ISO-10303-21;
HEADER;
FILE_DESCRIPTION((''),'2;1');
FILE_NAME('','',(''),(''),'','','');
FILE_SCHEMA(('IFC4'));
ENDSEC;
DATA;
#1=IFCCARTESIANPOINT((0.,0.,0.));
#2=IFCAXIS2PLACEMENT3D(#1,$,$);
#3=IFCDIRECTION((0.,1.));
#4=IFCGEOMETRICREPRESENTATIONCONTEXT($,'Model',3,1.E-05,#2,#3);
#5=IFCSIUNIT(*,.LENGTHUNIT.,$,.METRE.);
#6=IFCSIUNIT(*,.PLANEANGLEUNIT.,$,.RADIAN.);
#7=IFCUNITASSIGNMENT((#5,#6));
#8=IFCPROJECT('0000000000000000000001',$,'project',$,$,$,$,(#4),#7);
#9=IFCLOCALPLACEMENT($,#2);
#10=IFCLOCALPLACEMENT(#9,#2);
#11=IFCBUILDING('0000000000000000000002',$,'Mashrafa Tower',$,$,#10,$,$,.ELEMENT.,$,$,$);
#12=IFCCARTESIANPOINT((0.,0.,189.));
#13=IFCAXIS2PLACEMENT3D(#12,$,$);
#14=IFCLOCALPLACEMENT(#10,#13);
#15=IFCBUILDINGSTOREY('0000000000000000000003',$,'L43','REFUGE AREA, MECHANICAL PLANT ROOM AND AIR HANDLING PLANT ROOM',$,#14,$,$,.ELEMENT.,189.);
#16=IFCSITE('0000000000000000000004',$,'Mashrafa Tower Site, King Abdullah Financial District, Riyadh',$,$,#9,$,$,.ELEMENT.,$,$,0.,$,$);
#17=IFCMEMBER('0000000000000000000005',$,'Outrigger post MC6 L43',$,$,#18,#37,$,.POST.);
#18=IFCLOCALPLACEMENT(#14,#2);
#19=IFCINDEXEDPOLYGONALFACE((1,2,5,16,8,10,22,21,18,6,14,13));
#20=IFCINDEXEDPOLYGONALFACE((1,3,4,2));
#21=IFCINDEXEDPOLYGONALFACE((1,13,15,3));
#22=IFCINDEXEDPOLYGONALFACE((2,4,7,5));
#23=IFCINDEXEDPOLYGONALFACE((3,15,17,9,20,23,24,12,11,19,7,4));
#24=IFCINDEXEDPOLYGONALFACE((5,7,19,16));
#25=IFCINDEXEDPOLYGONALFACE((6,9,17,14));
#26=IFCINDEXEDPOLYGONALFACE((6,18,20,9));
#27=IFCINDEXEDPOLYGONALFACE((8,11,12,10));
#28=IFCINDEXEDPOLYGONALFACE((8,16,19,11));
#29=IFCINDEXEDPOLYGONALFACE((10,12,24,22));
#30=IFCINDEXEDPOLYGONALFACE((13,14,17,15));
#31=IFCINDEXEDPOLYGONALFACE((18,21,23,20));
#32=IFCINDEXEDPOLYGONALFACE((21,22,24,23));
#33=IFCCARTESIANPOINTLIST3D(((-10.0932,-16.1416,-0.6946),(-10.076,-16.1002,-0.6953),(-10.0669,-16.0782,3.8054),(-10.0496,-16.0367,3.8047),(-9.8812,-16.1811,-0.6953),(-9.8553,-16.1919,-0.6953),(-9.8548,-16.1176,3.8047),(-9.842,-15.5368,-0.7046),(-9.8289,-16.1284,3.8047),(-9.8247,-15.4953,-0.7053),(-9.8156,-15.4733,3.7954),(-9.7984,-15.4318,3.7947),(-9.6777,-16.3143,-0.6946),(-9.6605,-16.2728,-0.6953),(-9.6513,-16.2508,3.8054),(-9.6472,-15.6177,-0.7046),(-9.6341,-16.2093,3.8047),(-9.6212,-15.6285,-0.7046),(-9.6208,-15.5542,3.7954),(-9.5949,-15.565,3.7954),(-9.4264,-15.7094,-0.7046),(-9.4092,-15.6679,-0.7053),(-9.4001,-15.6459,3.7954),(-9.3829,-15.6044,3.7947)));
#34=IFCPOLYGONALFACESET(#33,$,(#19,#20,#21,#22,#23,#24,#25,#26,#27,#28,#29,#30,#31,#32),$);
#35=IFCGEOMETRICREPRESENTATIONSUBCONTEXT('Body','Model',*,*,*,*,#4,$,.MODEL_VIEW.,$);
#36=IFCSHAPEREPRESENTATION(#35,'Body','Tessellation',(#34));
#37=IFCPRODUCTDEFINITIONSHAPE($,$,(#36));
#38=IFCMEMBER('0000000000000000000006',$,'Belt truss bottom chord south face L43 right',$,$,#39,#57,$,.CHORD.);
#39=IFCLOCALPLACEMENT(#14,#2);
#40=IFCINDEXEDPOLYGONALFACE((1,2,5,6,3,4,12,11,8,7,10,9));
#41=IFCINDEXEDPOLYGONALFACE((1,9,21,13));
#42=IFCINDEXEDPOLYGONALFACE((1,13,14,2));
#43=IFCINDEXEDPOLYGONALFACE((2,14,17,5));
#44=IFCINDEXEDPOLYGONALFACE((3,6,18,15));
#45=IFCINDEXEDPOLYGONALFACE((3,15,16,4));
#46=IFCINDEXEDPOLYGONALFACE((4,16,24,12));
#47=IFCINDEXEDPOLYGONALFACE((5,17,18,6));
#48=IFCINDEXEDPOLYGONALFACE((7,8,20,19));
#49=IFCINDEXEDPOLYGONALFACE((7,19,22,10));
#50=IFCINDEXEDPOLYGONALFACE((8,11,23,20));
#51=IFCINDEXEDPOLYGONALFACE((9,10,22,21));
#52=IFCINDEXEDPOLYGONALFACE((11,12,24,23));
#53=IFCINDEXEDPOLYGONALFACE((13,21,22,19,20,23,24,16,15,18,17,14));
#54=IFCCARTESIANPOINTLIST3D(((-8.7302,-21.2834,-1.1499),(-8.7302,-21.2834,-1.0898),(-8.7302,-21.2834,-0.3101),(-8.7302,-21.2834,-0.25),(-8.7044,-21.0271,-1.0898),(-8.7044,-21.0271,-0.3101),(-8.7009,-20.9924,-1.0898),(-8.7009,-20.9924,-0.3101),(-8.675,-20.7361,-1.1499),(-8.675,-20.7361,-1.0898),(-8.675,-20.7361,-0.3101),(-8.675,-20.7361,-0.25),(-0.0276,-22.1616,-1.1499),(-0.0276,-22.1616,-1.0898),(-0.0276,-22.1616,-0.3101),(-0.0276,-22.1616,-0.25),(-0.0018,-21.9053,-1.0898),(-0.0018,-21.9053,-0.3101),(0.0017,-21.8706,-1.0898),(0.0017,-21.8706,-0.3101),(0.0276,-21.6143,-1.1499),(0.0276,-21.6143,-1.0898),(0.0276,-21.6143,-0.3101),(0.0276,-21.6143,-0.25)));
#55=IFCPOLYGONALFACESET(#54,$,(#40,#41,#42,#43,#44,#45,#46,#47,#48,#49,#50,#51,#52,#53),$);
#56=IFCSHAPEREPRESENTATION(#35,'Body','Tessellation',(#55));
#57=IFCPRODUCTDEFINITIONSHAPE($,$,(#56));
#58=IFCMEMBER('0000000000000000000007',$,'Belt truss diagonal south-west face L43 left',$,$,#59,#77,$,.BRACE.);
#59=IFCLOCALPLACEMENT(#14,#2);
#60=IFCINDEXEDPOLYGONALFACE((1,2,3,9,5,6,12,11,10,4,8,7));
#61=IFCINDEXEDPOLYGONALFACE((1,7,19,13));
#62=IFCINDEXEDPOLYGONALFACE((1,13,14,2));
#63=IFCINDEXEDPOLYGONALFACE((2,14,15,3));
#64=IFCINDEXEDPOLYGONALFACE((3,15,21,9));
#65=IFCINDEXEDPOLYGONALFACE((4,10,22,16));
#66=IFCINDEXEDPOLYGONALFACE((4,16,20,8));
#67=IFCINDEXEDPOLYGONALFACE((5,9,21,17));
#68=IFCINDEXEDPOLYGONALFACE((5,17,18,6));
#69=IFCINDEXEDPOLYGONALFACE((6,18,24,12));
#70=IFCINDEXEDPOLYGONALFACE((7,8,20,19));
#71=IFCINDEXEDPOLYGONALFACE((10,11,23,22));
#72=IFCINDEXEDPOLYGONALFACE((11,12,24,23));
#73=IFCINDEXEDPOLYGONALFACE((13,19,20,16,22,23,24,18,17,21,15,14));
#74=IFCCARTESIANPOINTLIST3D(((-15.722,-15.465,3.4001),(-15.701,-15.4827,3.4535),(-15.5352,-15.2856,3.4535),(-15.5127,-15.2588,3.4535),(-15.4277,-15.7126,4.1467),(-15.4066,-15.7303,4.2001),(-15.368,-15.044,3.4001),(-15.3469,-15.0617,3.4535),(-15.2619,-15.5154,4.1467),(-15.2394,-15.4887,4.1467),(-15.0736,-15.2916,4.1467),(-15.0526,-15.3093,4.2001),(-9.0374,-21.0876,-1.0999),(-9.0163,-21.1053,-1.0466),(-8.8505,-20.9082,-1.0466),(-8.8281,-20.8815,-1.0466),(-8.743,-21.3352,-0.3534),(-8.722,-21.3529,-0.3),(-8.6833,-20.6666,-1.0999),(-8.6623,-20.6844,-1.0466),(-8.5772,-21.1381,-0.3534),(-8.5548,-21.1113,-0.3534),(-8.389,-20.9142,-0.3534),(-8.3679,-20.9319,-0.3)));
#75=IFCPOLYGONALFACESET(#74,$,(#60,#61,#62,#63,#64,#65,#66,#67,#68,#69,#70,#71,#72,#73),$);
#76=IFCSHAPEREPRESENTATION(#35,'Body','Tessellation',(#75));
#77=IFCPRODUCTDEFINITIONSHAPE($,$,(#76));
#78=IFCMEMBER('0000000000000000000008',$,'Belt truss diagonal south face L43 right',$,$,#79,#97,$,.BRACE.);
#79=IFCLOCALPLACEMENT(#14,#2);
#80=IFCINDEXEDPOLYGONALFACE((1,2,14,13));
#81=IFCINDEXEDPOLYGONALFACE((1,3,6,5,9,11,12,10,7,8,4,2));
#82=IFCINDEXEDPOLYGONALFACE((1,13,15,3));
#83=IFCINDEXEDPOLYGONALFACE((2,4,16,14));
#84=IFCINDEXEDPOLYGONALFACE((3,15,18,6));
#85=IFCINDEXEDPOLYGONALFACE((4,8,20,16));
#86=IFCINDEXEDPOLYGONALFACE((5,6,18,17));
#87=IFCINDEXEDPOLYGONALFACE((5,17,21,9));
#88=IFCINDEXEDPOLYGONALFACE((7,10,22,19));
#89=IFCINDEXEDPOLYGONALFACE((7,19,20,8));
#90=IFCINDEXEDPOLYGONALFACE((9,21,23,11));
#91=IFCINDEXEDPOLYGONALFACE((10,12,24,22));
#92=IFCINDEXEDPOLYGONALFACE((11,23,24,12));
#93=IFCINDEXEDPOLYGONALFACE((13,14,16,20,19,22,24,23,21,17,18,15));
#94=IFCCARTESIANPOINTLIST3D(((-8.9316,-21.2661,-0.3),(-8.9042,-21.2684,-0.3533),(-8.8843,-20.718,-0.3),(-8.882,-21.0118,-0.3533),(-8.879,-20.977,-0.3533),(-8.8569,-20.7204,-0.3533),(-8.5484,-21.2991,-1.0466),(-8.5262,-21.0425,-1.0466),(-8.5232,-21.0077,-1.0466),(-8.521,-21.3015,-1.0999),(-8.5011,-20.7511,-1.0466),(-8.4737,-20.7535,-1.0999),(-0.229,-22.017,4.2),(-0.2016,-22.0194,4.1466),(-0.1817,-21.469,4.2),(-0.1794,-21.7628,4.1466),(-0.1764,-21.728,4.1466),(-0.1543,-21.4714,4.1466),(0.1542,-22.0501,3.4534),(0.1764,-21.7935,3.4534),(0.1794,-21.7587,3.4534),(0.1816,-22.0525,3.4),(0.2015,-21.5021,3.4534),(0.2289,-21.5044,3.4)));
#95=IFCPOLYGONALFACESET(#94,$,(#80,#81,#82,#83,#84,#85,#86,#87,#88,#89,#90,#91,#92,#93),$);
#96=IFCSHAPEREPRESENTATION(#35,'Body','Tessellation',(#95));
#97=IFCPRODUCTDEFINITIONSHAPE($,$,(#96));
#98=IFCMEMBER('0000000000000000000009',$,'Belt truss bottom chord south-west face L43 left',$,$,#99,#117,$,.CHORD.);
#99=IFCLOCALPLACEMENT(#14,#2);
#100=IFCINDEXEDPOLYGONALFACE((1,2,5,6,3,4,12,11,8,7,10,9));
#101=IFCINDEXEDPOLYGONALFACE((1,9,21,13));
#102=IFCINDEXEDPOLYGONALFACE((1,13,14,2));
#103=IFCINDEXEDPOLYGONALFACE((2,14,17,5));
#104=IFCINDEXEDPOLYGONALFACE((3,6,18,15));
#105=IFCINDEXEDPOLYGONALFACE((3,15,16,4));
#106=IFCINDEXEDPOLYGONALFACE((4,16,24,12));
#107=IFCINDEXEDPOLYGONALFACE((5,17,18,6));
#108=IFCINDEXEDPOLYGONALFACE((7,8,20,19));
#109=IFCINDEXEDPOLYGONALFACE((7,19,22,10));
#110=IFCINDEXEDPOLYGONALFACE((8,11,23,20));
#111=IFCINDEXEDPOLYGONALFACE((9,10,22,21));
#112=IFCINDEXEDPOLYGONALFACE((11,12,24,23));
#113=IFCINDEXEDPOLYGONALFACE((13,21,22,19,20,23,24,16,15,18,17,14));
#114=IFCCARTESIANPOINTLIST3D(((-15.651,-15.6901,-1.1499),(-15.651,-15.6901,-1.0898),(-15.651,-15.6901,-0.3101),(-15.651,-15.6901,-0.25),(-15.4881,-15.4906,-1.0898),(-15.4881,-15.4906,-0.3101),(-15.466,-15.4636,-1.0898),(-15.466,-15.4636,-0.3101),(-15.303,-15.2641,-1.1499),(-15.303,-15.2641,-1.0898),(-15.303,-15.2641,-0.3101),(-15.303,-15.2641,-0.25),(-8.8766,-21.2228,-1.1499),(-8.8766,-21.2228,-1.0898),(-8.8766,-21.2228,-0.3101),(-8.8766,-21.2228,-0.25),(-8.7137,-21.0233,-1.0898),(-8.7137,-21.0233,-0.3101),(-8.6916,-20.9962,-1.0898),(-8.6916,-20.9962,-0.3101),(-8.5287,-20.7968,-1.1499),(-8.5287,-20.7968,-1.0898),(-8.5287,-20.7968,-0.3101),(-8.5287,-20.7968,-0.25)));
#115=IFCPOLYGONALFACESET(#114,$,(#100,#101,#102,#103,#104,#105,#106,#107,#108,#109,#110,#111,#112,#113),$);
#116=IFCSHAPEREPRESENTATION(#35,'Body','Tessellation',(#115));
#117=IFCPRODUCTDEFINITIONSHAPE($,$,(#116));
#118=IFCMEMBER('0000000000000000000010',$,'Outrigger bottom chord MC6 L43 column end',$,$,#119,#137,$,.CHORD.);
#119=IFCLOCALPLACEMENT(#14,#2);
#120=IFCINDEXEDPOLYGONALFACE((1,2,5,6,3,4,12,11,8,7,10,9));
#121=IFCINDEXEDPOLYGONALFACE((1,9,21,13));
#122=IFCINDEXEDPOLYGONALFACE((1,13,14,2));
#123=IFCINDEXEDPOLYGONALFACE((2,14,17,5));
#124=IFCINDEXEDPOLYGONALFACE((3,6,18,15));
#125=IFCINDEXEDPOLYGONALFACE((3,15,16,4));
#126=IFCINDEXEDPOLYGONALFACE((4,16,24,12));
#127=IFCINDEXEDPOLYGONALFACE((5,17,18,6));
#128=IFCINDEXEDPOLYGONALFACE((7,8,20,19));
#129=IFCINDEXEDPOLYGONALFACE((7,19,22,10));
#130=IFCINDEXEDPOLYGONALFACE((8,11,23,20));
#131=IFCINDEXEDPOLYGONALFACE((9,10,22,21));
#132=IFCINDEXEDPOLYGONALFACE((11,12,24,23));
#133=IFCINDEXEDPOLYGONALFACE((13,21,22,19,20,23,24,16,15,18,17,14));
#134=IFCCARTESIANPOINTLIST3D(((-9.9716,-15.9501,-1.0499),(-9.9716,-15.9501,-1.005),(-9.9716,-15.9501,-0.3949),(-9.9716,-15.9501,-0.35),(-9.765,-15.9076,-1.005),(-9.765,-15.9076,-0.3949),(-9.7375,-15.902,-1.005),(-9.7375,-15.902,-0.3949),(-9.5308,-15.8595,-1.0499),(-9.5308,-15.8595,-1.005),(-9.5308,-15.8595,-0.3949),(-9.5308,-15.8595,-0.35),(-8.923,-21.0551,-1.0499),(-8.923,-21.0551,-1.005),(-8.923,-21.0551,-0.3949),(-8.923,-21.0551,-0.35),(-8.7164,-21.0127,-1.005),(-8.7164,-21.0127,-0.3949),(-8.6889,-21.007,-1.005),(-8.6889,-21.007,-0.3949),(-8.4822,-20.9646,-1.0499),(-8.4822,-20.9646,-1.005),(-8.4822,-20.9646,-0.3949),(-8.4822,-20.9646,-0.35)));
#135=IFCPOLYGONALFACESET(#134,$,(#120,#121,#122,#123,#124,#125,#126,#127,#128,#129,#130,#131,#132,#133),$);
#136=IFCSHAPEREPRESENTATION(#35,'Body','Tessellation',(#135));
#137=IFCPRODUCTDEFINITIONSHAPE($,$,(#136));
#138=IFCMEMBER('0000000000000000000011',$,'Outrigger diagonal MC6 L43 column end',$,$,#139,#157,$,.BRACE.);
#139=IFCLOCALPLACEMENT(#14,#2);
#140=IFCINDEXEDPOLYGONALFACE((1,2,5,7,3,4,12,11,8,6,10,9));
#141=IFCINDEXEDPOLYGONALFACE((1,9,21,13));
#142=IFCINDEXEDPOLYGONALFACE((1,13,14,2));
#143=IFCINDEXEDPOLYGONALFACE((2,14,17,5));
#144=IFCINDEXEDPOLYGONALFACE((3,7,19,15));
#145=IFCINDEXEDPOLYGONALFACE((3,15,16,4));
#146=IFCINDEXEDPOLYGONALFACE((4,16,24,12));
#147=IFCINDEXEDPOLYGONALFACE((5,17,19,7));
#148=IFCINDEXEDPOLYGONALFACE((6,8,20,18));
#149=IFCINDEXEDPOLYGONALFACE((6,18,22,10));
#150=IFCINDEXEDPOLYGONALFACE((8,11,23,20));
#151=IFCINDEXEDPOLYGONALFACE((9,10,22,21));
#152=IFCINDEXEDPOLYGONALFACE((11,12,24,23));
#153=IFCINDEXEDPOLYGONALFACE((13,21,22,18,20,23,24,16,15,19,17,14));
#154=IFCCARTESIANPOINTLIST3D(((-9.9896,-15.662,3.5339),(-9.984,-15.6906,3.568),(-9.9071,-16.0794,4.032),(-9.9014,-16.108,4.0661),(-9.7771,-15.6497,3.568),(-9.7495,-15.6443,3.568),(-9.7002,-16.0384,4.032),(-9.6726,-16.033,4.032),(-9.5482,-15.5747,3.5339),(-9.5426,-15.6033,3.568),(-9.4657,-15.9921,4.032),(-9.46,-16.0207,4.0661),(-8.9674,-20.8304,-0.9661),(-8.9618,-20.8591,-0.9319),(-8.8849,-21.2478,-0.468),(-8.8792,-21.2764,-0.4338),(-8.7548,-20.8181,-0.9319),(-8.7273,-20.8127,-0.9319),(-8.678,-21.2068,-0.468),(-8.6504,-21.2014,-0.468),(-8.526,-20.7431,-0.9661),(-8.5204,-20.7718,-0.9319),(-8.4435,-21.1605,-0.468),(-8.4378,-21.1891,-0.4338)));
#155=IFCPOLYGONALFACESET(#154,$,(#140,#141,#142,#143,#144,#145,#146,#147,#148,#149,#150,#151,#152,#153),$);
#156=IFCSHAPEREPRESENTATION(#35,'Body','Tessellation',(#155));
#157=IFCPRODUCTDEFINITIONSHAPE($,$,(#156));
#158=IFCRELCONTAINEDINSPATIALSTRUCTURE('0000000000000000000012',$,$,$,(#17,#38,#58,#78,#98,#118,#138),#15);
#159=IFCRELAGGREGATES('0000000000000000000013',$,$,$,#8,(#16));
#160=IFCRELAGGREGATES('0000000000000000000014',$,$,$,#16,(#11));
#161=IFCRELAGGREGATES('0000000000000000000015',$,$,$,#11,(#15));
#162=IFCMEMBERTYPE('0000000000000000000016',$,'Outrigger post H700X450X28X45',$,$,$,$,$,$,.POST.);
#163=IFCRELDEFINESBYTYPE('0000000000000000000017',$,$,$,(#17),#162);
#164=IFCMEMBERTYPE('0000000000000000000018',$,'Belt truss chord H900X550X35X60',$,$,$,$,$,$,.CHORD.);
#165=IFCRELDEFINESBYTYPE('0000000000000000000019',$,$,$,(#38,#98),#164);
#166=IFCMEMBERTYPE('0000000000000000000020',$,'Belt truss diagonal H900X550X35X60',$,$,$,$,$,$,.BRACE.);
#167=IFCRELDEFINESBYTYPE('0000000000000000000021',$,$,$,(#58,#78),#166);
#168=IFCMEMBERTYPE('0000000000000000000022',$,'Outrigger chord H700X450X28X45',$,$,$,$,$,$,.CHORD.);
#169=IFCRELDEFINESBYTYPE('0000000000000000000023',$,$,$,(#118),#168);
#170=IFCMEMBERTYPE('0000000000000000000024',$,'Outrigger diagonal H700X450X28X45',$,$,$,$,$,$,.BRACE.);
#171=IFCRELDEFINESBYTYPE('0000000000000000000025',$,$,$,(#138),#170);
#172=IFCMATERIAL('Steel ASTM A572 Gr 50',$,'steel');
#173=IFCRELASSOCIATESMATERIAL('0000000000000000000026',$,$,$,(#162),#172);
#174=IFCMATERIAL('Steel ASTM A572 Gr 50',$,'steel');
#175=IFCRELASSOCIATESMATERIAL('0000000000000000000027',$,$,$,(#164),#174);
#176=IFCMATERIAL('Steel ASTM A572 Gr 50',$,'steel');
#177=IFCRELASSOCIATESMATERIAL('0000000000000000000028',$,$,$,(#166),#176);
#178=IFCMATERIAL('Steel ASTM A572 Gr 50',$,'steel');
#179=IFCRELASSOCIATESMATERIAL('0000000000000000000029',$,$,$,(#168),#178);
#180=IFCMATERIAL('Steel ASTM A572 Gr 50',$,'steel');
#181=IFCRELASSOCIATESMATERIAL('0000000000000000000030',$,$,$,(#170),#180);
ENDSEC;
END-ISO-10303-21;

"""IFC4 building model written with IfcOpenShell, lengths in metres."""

from ifc_helpers import new_model, si_unit, direction, frame, origin, origin_2d, place, context, subcontext, project, spatial, i_section, extrude, source, transform, mapped, material, material_profile, profile_set, type_object, type_shapes, element, save


model = new_model("IFC4")

# Units and contexts
model_context = context("Model", 3, precision=1e-05, world=origin(), true_north=direction((0.0, 1.0)))
body_context = subcontext(model_context, "Body", "Model", "MODEL_VIEW")
ifc_project = project(units=[si_unit("LENGTHUNIT", "METRE"), si_unit("PLANEANGLEUNIT", "RADIAN")], contexts=[model_context])

# Site, building, storey
site_placement = place(None, origin())
site = spatial("IfcSite", under=ifc_project, at=site_placement, Name="Mashrafa Tower Site, King Abdullah Financial District, Riyadh", CompositionType="ELEMENT", RefElevation=0.0)
building_placement = place(site_placement, origin())
building = spatial("IfcBuilding", under=site, at=building_placement, Name="Mashrafa Tower", CompositionType="ELEMENT")
storey_placement = place(building_placement, frame((0.0, 0.0, 189.0)))
storey = spatial("IfcBuildingStorey", under=building, at=storey_placement, Name="L43", Description="REFUGE AREA, MECHANICAL PLANT ROOM AND AIR HANDLING PLANT ROOM", CompositionType="ELEMENT", Elevation=189.0)

# Members
ifc_material_1 = material(Name="Steel ASTM A572 Gr 50", Category="steel")
ifc_material_profile_1 = material_profile(ifc_material_1, i_section(OverallWidth=0.45, OverallDepth=0.7, WebThickness=0.0281, FlangeThickness=0.0449, at=origin_2d()), Name="H700X450X28X45")
ifc_profile_set_1 = profile_set([ifc_material_profile_1], Name="Steel ASTM A572 Gr 50")
member_type_1 = type_object("IfcMemberType", Name="Outrigger post H700X450X28X45", PredefinedType="POST", material=ifc_profile_set_1)
shared_shape_1 = source(origin(), body_context, "Body", "SweptSolid", [
    extrude(i_section(OverallWidth=0.45, OverallDepth=0.7, WebThickness=0.0281, FlangeThickness=0.0449, at=origin_2d()), origin(), (0.0, 0.0, 1.0), 4.5005),
])
type_shapes(member_type_1, [shared_shape_1])
member_1_placement = place(storey_placement, frame((-9.7512, -15.9048, -0.7), z_axis=(0.005859, 0.014104, 0.999883), x_axis=(-0.923497, 0.383606, 0.0)))
element("IfcMember", 1, at=member_1_placement, inside=storey, type_object=member_type_1, Name="Outrigger post MC6 L43", PredefinedType="POST", context=body_context, shape_type="MappedRepresentation", body=[
    mapped(shared_shape_1, transform((0.0, 0.0, 0.0))),
])
ifc_material_2 = material(Name="Steel ASTM A572 Gr 50", Category="steel")
ifc_material_profile_2 = material_profile(ifc_material_2, i_section(OverallWidth=0.55, OverallDepth=0.8999, WebThickness=0.0349, FlangeThickness=0.0601, at=origin_2d()), Name="H900X550X35X60")
ifc_profile_set_2 = profile_set([ifc_material_profile_2], Name="Steel ASTM A572 Gr 50")
member_type_2 = type_object("IfcMemberType", Name="Belt truss chord H900X550X35X60", PredefinedType="CHORD", material=ifc_profile_set_2)
shared_shape_2 = source(origin(), body_context, "Body", "SweptSolid", [
    extrude(i_section(OverallWidth=0.55, OverallDepth=0.8999, WebThickness=0.0349, FlangeThickness=0.0601, at=origin_2d()), origin(), (0.0, 0.0, 1.0), 8.7468),
])
member_2_placement = place(storey_placement, frame((-8.7026, -21.0098, -0.7), z_axis=(0.994947, -0.100399, 0.0), x_axis=(0.100399, 0.994947, 0.0)))
element("IfcMember", 2, at=member_2_placement, inside=storey, type_object=member_type_2, Name="Belt truss bottom chord south face L43 right", PredefinedType="CHORD", context=body_context, shape_type="MappedRepresentation", body=[
    mapped(shared_shape_2, transform((0.0, 0.0, 0.0))),
])
ifc_material_3 = material(Name="Steel ASTM A572 Gr 50", Category="steel")
ifc_material_profile_3 = material_profile(ifc_material_3, i_section(OverallWidth=0.55, OverallDepth=0.8999, WebThickness=0.0349, FlangeThickness=0.0601, at=origin_2d()), Name="H900X550X35X60")
ifc_profile_set_3 = profile_set([ifc_material_profile_3], Name="Steel ASTM A572 Gr 50")
member_type_3 = type_object("IfcMemberType", Name="Belt truss diagonal H900X550X35X60", PredefinedType="BRACE", material=ifc_profile_set_3)
shared_shape_3 = source(origin(), body_context, "Body", "SweptSolid", [
    extrude(i_section(OverallWidth=0.55, OverallDepth=0.8999, WebThickness=0.0349, FlangeThickness=0.0601, at=origin_2d()), origin(), (0.0, 0.0, 1.0), 9.8259),
])
type_shapes(member_type_3, [shared_shape_3])
for number, where, z_axis, x_axis, name in (
    (3, (-8.7026, -21.0098, -0.7), (-0.680307, 0.572223, 0.457977), (-0.643697, -0.765281, 0.0), "Belt truss diagonal south-west face L43 left"),
    (4, (-8.7026, -21.0098, -0.7), (0.885676, -0.076428, 0.45797), (0.085973, 0.996297, 0.0), "Belt truss diagonal south face L43 right"),
):
    element("IfcMember", number, at=place(storey_placement, frame(where, z_axis=z_axis, x_axis=x_axis)), inside=storey, type_object=member_type_3, Name=name, PredefinedType="BRACE", context=body_context, shape_type="MappedRepresentation", body=[
        mapped(shared_shape_3, transform((0.0, 0.0, 0.0))),
    ])
shared_shape_4 = source(origin(), body_context, "Body", "SweptSolid", [
    extrude(i_section(OverallWidth=0.55, OverallDepth=0.8999, WebThickness=0.0349, FlangeThickness=0.0601, at=origin_2d()), origin(), (0.0, 0.0, 1.0), 8.7466),
])
type_shapes(member_type_2, [shared_shape_2, shared_shape_4])
member_3_placement = place(storey_placement, frame((-8.7026, -21.0098, -0.7), z_axis=(-0.774517, 0.632554, 0.0), x_axis=(-0.632554, -0.774517, 0.0)))
element("IfcMember", 5, at=member_3_placement, inside=storey, type_object=member_type_2, Name="Belt truss bottom chord south-west face L43 left", PredefinedType="CHORD", context=body_context, shape_type="MappedRepresentation", body=[
    mapped(shared_shape_4, transform((0.0, 0.0, 0.0))),
])
ifc_material_4 = material(Name="Steel ASTM A572 Gr 50", Category="steel")
ifc_material_profile_4 = material_profile(ifc_material_4, i_section(OverallWidth=0.45, OverallDepth=0.7, WebThickness=0.0281, FlangeThickness=0.0449, at=origin_2d()), Name="H700X450X28X45")
ifc_profile_set_4 = profile_set([ifc_material_profile_4], Name="Steel ASTM A572 Gr 50")
member_type_4 = type_object("IfcMemberType", Name="Outrigger chord H700X450X28X45", PredefinedType="CHORD", material=ifc_profile_set_4)
shared_shape_5 = source(origin(), body_context, "Body", "SweptSolid", [
    extrude(i_section(OverallWidth=0.45, OverallDepth=0.7, WebThickness=0.0281, FlangeThickness=0.0449, at=origin_2d()), origin(), (0.0, 0.0, 1.0), 5.2117),
])
type_shapes(member_type_4, [shared_shape_5])
member_4_placement = place(storey_placement, frame((-9.7512, -15.9048, -0.7), z_axis=(0.201203, -0.979549, 0.0), x_axis=(0.979549, 0.201203, 0.0)))
element("IfcMember", 6, at=member_4_placement, inside=storey, type_object=member_type_4, Name="Outrigger bottom chord MC6 L43 column end", PredefinedType="CHORD", context=body_context, shape_type="MappedRepresentation", body=[
    mapped(shared_shape_5, transform((0.0, 0.0, 0.0))),
])
ifc_material_5 = material(Name="Steel ASTM A572 Gr 50", Category="steel")
ifc_material_profile_5 = material_profile(ifc_material_5, i_section(OverallWidth=0.45, OverallDepth=0.7, WebThickness=0.0281, FlangeThickness=0.0449, at=origin_2d()), Name="H700X450X28X45")
ifc_profile_set_5 = profile_set([ifc_material_profile_5], Name="Steel ASTM A572 Gr 50")
member_type_5 = type_object("IfcMemberType", Name="Outrigger diagonal H700X450X28X45", PredefinedType="BRACE", material=ifc_profile_set_5)
shared_shape_6 = source(origin(), body_context, "Body", "SweptSolid", [
    extrude(i_section(OverallWidth=0.45, OverallDepth=0.7, WebThickness=0.0281, FlangeThickness=0.0449, at=origin_2d()), origin(), (0.0, 0.0, 1.0), 6.9287),
])
type_shapes(member_type_5, [shared_shape_6])
member_5_placement = place(storey_placement, frame((-8.7026, -21.0098, -0.7), z_axis=(-0.147532, 0.745941, 0.649466), x_axis=(-0.980997, -0.194022, 0.0)))
element("IfcMember", 7, at=member_5_placement, inside=storey, type_object=member_type_5, Name="Outrigger diagonal MC6 L43 column end", PredefinedType="BRACE", context=body_context, shape_type="MappedRepresentation", body=[
    mapped(shared_shape_6, transform((0.0, 0.0, 0.0))),
])

save(model, "model.ifc")
